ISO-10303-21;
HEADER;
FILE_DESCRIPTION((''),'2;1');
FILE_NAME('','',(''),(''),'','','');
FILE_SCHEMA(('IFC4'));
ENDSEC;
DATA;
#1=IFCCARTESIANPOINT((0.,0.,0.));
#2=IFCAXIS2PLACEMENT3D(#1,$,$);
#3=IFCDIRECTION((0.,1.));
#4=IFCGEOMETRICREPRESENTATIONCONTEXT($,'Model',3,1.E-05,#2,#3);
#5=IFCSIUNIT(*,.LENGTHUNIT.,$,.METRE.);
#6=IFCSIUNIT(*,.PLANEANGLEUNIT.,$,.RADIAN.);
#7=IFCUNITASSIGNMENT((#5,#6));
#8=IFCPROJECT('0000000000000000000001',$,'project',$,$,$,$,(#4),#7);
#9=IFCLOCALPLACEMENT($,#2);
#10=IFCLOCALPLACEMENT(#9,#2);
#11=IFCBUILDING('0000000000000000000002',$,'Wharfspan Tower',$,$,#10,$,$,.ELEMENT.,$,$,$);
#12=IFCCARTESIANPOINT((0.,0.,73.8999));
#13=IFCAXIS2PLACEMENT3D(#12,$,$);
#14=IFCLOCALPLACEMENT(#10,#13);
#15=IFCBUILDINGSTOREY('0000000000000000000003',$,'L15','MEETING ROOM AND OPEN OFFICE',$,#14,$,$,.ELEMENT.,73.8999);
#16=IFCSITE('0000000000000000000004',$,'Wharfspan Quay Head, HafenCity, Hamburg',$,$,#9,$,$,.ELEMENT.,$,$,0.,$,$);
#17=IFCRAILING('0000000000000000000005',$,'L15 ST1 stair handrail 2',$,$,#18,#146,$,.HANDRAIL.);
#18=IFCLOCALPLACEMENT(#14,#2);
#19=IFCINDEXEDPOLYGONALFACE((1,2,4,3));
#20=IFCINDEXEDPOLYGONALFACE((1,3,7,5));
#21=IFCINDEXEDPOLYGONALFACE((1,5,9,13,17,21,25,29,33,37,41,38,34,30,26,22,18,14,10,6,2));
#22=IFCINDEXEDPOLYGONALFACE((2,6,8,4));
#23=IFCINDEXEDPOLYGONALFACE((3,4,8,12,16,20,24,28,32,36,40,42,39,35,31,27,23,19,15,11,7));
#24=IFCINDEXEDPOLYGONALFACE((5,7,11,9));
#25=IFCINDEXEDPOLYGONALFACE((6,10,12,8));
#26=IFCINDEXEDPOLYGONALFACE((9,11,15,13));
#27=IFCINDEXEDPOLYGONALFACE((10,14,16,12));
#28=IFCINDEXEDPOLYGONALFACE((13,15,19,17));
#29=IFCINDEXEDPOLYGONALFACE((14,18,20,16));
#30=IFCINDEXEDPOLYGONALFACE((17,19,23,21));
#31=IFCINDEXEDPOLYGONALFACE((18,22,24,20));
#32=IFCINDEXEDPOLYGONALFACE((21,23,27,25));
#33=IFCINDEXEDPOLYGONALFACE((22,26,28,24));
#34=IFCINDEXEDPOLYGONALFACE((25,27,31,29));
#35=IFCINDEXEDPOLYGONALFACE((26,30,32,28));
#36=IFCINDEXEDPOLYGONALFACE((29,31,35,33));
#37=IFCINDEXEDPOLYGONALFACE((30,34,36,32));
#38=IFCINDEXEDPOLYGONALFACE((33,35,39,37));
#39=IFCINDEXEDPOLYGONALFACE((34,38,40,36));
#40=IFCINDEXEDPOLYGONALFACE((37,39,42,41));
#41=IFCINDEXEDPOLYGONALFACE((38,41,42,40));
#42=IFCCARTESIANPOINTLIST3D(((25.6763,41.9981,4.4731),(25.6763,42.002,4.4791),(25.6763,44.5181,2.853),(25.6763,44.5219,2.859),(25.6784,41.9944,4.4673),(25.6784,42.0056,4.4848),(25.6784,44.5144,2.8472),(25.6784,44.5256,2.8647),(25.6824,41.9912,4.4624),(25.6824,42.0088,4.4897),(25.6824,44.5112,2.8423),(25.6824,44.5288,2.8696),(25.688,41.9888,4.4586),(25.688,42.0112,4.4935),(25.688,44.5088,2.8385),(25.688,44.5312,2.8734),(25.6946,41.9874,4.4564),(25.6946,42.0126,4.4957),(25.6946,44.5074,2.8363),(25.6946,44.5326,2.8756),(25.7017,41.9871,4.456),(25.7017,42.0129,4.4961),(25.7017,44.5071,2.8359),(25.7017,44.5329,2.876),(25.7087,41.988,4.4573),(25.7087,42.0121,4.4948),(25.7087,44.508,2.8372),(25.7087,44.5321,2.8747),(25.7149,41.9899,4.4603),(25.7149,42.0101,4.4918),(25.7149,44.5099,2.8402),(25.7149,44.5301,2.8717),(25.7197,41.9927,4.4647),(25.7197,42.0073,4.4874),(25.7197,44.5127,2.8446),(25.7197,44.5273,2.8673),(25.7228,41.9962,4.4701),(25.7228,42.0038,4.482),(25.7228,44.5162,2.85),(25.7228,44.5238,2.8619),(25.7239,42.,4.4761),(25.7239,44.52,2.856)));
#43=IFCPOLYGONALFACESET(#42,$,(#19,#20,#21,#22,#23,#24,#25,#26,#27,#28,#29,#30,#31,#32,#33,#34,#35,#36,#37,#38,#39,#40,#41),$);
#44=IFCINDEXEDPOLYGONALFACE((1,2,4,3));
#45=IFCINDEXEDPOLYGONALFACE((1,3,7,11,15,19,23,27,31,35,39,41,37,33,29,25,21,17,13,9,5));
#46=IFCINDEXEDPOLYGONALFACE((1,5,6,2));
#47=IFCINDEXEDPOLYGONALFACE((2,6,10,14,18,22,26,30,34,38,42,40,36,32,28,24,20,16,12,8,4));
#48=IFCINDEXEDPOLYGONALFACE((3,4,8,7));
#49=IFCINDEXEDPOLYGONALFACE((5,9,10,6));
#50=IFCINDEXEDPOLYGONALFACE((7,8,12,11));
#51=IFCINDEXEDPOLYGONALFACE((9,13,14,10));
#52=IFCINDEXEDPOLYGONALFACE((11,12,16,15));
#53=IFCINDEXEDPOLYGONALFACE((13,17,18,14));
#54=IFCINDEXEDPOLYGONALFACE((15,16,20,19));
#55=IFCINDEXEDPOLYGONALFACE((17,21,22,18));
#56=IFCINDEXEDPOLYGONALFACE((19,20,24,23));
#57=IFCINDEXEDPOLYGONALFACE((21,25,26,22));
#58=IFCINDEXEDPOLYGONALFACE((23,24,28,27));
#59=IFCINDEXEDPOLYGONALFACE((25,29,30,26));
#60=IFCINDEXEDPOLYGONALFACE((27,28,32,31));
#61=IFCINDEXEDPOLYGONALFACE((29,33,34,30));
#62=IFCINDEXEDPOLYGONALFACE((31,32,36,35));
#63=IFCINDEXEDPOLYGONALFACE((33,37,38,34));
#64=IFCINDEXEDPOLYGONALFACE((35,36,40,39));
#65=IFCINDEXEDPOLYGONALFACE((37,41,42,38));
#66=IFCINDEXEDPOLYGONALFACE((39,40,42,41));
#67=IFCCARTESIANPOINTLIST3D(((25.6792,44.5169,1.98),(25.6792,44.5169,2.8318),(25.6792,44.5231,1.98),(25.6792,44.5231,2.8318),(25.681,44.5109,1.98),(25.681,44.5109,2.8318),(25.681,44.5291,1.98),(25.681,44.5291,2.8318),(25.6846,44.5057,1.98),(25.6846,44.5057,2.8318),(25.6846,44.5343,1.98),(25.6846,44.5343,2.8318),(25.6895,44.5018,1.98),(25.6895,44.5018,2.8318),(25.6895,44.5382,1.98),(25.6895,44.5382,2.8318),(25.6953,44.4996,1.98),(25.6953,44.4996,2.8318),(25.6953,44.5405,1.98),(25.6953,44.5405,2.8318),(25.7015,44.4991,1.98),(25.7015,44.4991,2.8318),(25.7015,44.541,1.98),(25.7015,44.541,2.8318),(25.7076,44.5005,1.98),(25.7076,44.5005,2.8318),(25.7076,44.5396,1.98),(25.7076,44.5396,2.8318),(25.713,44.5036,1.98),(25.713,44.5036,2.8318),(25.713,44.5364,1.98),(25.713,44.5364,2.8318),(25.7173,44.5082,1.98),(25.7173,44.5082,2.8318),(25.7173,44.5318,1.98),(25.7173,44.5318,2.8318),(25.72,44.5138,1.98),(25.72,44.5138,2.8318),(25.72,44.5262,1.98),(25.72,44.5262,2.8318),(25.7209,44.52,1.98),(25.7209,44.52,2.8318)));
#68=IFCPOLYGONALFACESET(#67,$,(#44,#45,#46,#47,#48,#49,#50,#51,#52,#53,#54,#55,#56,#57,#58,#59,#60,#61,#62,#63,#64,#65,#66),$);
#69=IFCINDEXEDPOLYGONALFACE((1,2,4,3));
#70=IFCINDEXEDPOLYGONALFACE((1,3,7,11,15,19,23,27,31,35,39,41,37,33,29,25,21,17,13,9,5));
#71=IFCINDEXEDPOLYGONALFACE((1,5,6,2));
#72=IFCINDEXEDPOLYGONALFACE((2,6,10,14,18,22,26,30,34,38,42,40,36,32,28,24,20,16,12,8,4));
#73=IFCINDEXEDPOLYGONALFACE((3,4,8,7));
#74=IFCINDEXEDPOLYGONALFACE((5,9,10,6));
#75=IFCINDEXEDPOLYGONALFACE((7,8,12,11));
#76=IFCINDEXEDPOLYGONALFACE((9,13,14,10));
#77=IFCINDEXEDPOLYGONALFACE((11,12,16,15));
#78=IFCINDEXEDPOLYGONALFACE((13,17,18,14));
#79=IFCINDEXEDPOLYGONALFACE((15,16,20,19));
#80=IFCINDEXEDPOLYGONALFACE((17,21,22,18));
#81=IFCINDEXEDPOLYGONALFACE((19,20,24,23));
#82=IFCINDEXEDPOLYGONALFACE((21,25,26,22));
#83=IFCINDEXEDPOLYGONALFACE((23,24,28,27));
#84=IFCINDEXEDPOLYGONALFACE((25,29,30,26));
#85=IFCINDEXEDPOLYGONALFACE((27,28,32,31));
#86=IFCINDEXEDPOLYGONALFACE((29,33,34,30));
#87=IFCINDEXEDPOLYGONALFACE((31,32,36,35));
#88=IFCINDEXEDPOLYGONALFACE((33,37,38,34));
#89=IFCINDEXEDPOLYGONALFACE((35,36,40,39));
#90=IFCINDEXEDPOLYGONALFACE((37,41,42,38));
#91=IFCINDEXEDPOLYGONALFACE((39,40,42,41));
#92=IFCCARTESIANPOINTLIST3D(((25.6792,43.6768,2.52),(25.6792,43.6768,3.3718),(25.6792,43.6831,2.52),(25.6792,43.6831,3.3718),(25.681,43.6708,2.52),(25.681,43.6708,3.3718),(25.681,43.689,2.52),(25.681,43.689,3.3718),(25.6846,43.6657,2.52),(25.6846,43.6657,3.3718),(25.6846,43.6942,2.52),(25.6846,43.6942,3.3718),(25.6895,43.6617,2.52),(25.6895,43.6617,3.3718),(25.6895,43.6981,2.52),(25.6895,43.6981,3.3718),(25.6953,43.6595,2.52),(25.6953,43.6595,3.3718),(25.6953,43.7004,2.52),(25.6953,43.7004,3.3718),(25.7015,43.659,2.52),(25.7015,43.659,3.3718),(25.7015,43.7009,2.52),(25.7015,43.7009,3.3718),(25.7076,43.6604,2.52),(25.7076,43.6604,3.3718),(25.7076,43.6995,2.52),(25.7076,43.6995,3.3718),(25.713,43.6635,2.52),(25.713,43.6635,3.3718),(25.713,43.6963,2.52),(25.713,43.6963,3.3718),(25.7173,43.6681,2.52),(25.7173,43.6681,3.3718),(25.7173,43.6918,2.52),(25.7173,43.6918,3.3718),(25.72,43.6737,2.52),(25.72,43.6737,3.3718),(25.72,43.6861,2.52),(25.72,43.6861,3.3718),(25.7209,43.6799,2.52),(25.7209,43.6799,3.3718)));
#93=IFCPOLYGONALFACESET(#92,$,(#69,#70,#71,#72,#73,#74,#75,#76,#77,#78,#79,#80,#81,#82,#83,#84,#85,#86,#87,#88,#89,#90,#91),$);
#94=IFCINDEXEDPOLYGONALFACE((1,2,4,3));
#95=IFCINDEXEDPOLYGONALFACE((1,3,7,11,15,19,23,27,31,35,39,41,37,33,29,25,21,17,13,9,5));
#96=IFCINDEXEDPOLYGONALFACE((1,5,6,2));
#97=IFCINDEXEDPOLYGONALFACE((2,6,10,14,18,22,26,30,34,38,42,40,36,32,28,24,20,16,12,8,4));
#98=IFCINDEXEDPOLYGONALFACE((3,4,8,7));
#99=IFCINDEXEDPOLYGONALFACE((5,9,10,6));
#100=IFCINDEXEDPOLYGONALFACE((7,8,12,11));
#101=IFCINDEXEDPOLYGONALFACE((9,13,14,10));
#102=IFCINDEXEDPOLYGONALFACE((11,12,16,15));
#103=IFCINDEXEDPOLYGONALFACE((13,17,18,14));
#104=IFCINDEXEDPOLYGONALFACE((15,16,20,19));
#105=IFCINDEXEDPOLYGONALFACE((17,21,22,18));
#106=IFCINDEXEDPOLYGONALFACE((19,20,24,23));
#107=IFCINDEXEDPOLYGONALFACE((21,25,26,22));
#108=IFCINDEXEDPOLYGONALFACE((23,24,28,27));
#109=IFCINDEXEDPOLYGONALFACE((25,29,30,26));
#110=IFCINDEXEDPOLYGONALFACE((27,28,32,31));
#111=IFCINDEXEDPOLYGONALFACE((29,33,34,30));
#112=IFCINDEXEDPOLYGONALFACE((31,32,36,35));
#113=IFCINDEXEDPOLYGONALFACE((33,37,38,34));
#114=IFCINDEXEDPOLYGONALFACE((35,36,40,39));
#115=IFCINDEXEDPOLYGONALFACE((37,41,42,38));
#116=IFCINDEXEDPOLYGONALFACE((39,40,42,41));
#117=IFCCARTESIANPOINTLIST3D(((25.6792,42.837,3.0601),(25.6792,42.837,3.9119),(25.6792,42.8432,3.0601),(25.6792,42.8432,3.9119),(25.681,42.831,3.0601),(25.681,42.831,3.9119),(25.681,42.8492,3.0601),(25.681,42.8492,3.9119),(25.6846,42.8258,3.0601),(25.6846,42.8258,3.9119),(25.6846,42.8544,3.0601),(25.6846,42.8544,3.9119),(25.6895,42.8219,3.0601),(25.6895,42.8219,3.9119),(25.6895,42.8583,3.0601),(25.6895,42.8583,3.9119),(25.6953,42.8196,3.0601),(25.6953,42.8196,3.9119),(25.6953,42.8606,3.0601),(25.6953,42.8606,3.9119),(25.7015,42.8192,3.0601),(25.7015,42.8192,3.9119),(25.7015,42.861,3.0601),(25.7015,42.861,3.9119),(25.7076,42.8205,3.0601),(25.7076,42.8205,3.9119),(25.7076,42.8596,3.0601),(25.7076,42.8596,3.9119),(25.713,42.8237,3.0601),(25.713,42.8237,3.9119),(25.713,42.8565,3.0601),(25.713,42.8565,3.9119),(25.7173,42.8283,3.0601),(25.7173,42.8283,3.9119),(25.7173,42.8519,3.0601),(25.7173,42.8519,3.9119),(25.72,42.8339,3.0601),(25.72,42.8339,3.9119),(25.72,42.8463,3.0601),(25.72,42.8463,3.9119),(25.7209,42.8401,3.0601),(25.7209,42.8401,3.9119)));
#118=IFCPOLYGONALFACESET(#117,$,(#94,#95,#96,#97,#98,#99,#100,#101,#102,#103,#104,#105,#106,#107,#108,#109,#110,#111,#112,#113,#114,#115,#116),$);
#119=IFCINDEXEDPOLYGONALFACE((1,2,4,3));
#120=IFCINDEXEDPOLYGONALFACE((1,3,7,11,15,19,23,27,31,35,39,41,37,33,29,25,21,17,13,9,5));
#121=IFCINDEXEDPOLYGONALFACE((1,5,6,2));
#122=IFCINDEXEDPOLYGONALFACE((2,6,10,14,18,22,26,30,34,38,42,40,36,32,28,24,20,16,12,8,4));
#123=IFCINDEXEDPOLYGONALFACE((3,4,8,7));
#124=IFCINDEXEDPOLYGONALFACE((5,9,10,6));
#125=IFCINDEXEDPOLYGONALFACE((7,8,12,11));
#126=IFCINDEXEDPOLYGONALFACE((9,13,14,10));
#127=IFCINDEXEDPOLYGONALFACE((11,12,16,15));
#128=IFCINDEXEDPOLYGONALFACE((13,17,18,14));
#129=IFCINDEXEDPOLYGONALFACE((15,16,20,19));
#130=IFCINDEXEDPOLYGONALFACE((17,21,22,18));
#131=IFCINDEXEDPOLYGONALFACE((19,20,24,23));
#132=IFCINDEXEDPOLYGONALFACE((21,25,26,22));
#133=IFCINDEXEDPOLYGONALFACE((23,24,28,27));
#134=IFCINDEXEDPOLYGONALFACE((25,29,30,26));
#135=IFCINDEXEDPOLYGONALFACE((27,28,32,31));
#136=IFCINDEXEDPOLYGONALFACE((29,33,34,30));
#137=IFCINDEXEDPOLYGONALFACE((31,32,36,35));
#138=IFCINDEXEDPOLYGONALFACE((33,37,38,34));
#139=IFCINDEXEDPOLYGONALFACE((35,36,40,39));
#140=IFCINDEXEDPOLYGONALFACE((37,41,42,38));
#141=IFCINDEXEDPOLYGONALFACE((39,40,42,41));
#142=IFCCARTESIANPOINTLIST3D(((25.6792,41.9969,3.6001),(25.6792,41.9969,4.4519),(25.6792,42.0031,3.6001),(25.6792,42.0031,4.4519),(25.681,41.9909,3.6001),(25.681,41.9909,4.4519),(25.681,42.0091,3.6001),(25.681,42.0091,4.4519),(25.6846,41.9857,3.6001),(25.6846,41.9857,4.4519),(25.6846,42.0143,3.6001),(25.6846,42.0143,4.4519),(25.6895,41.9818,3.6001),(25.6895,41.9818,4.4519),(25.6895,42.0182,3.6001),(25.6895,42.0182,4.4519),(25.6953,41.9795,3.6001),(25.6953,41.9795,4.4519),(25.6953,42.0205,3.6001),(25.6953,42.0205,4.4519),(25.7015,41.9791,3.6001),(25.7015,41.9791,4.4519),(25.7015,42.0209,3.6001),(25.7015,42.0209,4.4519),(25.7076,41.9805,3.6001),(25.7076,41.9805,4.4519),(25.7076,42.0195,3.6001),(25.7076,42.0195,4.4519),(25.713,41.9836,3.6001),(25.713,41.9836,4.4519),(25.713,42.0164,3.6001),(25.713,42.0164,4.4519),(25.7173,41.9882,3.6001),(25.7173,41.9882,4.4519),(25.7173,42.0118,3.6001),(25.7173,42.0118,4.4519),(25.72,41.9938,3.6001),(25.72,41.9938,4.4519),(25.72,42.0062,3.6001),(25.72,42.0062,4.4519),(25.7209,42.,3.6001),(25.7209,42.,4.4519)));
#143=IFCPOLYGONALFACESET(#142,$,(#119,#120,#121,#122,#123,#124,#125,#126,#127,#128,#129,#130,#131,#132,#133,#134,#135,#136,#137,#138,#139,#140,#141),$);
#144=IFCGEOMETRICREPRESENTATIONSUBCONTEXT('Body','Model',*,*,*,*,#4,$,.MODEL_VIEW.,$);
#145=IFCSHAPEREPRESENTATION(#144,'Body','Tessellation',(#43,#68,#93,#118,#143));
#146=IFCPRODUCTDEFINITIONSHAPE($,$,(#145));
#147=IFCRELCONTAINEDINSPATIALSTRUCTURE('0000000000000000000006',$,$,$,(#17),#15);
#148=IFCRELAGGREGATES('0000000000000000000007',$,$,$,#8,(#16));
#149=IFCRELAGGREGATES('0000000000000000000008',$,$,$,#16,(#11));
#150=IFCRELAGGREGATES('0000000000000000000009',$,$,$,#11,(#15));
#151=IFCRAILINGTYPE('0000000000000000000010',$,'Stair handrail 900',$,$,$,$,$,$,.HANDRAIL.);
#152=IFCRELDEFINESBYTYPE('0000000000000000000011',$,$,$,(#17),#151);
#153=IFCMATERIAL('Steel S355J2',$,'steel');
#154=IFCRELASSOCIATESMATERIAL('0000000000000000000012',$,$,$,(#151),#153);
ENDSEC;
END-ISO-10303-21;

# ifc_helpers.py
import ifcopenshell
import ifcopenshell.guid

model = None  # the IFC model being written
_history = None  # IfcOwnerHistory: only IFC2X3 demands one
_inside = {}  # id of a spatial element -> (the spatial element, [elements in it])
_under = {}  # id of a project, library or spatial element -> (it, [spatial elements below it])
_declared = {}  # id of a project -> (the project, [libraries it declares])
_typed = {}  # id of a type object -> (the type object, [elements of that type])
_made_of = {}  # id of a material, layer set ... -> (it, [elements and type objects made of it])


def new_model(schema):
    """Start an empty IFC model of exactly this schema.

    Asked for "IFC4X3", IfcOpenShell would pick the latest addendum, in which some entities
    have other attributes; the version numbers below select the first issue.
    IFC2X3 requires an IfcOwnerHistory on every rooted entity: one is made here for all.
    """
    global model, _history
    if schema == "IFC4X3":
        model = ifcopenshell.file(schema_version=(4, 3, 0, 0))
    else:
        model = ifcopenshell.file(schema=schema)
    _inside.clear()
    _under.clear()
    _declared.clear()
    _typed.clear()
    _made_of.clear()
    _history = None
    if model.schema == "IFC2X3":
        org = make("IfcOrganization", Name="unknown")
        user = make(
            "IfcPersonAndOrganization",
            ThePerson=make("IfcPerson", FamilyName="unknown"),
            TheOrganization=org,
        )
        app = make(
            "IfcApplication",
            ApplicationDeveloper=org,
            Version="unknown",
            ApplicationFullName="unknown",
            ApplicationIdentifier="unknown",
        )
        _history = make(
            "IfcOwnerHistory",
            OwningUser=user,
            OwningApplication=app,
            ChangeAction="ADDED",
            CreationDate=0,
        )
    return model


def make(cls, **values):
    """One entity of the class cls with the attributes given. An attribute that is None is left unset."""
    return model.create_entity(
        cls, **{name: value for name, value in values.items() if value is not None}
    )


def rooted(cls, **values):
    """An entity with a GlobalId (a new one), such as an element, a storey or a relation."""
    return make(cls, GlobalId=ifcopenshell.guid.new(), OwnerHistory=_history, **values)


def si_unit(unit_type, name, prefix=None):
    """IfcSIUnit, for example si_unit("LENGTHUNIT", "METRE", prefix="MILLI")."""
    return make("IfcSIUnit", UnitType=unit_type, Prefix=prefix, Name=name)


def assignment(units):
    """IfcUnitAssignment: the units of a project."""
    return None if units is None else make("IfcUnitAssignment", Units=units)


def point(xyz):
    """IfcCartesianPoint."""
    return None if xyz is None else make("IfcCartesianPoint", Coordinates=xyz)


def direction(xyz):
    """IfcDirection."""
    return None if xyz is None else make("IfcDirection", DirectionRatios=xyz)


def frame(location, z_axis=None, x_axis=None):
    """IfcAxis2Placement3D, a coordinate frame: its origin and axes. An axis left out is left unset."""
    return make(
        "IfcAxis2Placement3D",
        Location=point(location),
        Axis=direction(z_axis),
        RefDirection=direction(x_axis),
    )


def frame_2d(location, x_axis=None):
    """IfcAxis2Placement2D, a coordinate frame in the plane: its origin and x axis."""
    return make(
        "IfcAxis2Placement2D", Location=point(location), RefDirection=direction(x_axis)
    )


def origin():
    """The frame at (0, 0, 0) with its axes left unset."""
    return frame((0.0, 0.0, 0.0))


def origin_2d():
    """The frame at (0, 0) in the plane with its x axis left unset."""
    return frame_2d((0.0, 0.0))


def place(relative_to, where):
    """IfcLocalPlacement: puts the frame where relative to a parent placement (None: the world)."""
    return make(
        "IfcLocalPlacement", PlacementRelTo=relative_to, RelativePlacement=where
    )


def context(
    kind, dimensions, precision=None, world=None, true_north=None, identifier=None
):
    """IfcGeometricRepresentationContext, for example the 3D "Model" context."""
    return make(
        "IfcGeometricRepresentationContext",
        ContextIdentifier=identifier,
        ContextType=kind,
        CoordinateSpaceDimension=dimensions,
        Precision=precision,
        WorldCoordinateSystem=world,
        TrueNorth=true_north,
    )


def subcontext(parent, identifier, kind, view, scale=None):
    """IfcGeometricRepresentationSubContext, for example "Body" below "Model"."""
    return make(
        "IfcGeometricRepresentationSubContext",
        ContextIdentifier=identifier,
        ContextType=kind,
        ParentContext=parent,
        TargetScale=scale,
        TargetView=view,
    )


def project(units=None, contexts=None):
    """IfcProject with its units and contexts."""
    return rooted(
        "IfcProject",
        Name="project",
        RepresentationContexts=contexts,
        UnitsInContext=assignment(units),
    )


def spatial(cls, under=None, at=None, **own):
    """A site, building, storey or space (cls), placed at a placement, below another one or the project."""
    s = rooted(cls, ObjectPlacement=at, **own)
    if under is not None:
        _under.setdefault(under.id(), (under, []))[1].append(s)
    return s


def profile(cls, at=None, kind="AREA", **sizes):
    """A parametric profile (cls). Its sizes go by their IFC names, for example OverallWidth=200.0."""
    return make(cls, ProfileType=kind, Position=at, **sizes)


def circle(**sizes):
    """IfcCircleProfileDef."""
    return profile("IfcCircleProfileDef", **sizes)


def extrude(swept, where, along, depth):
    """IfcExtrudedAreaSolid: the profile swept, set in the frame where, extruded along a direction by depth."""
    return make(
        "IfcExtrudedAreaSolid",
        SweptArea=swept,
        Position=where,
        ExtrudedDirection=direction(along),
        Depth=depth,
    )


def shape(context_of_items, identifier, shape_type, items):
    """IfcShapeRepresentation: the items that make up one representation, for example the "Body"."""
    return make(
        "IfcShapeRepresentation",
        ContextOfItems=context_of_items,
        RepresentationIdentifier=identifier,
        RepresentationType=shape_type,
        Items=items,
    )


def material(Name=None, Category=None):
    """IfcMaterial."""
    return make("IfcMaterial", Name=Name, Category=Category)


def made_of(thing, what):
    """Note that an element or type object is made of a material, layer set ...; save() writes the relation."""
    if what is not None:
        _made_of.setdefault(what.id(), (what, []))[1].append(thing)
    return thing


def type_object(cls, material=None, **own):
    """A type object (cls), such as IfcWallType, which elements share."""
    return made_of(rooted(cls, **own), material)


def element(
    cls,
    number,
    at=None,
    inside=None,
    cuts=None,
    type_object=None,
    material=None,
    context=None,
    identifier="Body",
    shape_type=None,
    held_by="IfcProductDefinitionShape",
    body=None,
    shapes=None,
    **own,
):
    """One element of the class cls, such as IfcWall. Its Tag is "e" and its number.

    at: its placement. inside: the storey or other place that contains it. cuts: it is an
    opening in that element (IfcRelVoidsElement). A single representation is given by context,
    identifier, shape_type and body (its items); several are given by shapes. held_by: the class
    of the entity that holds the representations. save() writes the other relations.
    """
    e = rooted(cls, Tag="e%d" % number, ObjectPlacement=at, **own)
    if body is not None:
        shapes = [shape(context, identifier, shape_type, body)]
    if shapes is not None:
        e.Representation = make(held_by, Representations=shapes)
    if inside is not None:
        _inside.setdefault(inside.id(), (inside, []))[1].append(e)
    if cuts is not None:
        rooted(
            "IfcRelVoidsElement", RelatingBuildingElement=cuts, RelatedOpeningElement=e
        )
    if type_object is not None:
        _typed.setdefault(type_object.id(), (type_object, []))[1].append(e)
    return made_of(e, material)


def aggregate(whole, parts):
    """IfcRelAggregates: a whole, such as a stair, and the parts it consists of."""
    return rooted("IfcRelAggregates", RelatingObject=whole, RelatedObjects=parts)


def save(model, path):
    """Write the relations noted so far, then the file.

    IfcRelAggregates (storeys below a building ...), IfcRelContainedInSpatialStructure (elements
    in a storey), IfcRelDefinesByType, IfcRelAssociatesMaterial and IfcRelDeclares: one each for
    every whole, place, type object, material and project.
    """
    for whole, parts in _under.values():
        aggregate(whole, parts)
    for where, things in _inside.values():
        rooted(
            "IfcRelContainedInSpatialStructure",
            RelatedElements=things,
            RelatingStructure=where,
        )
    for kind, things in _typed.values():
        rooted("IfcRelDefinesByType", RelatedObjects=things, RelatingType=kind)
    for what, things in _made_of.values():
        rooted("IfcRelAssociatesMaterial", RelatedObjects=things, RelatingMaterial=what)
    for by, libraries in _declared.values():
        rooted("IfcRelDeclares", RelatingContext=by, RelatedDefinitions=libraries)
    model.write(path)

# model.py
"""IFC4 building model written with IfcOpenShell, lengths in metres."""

from ifc_helpers import new_model, si_unit, direction, frame, origin, origin_2d, place, context, subcontext, project, spatial, circle, extrude, material, type_object, element, save


model = new_model("IFC4")

# Units and contexts
model_context = context("Model", 3, precision=1e-05, world=origin(), true_north=direction((0.0, 1.0)))
body_context = subcontext(model_context, "Body", "Model", "MODEL_VIEW")
ifc_project = project(units=[si_unit("LENGTHUNIT", "METRE"), si_unit("PLANEANGLEUNIT", "RADIAN")], contexts=[model_context])

# Site, building, storey
site_placement = place(None, origin())
site = spatial("IfcSite", under=ifc_project, at=site_placement, Name="Wharfspan Quay Head, HafenCity, Hamburg", CompositionType="ELEMENT", RefElevation=0.0)
building_placement = place(site_placement, origin())
building = spatial("IfcBuilding", under=site, at=building_placement, Name="Wharfspan Tower", CompositionType="ELEMENT")
storey_placement = place(building_placement, frame((0.0, 0.0, 73.8999)))
storey = spatial("IfcBuildingStorey", under=building, at=storey_placement, Name="L15", Description="MEETING ROOM AND OPEN OFFICE", CompositionType="ELEMENT", Elevation=73.8999)

# Shared definitions
ifc_material_1 = material(Name="Steel S355J2", Category="steel")

# Railing
railing_type_1 = type_object("IfcRailingType", Name="Stair handrail 900", PredefinedType="HANDRAIL", material=ifc_material_1)
railing_1_placement = place(storey_placement, frame((25.7, 44.52, 1.98)))
element("IfcRailing", 1, at=railing_1_placement, inside=storey, type_object=railing_type_1, Name="L15 ST1 stair handrail 2", PredefinedType="HANDRAIL", context=body_context, shape_type="SweptSolid", body=[
    extrude(circle(Radius=0.0239, at=origin_2d()), frame((0.0, 0.0, 0.876), z_axis=(0.0, -0.841163, 0.540782), x_axis=(1.0, 0.0, 0.0)), (0.0, 0.0, 1.0), 2.9958),
    extrude(circle(Radius=0.021, at=origin_2d()), origin(), (0.0, 0.0, 1.0), 0.8518),
    extrude(circle(Radius=0.021, at=origin_2d()), frame((0.0, -0.8401, 0.54)), (0.0, 0.0, 1.0), 0.8518),
    extrude(circle(Radius=0.021, at=origin_2d()), frame((0.0, -1.6799, 1.0801)), (0.0, 0.0, 1.0), 0.8518),
    extrude(circle(Radius=0.021, at=origin_2d()), frame((0.0, -2.52, 1.6201)), (0.0, 0.0, 1.0), 0.8518),
])

save(model, "model.ifc")
